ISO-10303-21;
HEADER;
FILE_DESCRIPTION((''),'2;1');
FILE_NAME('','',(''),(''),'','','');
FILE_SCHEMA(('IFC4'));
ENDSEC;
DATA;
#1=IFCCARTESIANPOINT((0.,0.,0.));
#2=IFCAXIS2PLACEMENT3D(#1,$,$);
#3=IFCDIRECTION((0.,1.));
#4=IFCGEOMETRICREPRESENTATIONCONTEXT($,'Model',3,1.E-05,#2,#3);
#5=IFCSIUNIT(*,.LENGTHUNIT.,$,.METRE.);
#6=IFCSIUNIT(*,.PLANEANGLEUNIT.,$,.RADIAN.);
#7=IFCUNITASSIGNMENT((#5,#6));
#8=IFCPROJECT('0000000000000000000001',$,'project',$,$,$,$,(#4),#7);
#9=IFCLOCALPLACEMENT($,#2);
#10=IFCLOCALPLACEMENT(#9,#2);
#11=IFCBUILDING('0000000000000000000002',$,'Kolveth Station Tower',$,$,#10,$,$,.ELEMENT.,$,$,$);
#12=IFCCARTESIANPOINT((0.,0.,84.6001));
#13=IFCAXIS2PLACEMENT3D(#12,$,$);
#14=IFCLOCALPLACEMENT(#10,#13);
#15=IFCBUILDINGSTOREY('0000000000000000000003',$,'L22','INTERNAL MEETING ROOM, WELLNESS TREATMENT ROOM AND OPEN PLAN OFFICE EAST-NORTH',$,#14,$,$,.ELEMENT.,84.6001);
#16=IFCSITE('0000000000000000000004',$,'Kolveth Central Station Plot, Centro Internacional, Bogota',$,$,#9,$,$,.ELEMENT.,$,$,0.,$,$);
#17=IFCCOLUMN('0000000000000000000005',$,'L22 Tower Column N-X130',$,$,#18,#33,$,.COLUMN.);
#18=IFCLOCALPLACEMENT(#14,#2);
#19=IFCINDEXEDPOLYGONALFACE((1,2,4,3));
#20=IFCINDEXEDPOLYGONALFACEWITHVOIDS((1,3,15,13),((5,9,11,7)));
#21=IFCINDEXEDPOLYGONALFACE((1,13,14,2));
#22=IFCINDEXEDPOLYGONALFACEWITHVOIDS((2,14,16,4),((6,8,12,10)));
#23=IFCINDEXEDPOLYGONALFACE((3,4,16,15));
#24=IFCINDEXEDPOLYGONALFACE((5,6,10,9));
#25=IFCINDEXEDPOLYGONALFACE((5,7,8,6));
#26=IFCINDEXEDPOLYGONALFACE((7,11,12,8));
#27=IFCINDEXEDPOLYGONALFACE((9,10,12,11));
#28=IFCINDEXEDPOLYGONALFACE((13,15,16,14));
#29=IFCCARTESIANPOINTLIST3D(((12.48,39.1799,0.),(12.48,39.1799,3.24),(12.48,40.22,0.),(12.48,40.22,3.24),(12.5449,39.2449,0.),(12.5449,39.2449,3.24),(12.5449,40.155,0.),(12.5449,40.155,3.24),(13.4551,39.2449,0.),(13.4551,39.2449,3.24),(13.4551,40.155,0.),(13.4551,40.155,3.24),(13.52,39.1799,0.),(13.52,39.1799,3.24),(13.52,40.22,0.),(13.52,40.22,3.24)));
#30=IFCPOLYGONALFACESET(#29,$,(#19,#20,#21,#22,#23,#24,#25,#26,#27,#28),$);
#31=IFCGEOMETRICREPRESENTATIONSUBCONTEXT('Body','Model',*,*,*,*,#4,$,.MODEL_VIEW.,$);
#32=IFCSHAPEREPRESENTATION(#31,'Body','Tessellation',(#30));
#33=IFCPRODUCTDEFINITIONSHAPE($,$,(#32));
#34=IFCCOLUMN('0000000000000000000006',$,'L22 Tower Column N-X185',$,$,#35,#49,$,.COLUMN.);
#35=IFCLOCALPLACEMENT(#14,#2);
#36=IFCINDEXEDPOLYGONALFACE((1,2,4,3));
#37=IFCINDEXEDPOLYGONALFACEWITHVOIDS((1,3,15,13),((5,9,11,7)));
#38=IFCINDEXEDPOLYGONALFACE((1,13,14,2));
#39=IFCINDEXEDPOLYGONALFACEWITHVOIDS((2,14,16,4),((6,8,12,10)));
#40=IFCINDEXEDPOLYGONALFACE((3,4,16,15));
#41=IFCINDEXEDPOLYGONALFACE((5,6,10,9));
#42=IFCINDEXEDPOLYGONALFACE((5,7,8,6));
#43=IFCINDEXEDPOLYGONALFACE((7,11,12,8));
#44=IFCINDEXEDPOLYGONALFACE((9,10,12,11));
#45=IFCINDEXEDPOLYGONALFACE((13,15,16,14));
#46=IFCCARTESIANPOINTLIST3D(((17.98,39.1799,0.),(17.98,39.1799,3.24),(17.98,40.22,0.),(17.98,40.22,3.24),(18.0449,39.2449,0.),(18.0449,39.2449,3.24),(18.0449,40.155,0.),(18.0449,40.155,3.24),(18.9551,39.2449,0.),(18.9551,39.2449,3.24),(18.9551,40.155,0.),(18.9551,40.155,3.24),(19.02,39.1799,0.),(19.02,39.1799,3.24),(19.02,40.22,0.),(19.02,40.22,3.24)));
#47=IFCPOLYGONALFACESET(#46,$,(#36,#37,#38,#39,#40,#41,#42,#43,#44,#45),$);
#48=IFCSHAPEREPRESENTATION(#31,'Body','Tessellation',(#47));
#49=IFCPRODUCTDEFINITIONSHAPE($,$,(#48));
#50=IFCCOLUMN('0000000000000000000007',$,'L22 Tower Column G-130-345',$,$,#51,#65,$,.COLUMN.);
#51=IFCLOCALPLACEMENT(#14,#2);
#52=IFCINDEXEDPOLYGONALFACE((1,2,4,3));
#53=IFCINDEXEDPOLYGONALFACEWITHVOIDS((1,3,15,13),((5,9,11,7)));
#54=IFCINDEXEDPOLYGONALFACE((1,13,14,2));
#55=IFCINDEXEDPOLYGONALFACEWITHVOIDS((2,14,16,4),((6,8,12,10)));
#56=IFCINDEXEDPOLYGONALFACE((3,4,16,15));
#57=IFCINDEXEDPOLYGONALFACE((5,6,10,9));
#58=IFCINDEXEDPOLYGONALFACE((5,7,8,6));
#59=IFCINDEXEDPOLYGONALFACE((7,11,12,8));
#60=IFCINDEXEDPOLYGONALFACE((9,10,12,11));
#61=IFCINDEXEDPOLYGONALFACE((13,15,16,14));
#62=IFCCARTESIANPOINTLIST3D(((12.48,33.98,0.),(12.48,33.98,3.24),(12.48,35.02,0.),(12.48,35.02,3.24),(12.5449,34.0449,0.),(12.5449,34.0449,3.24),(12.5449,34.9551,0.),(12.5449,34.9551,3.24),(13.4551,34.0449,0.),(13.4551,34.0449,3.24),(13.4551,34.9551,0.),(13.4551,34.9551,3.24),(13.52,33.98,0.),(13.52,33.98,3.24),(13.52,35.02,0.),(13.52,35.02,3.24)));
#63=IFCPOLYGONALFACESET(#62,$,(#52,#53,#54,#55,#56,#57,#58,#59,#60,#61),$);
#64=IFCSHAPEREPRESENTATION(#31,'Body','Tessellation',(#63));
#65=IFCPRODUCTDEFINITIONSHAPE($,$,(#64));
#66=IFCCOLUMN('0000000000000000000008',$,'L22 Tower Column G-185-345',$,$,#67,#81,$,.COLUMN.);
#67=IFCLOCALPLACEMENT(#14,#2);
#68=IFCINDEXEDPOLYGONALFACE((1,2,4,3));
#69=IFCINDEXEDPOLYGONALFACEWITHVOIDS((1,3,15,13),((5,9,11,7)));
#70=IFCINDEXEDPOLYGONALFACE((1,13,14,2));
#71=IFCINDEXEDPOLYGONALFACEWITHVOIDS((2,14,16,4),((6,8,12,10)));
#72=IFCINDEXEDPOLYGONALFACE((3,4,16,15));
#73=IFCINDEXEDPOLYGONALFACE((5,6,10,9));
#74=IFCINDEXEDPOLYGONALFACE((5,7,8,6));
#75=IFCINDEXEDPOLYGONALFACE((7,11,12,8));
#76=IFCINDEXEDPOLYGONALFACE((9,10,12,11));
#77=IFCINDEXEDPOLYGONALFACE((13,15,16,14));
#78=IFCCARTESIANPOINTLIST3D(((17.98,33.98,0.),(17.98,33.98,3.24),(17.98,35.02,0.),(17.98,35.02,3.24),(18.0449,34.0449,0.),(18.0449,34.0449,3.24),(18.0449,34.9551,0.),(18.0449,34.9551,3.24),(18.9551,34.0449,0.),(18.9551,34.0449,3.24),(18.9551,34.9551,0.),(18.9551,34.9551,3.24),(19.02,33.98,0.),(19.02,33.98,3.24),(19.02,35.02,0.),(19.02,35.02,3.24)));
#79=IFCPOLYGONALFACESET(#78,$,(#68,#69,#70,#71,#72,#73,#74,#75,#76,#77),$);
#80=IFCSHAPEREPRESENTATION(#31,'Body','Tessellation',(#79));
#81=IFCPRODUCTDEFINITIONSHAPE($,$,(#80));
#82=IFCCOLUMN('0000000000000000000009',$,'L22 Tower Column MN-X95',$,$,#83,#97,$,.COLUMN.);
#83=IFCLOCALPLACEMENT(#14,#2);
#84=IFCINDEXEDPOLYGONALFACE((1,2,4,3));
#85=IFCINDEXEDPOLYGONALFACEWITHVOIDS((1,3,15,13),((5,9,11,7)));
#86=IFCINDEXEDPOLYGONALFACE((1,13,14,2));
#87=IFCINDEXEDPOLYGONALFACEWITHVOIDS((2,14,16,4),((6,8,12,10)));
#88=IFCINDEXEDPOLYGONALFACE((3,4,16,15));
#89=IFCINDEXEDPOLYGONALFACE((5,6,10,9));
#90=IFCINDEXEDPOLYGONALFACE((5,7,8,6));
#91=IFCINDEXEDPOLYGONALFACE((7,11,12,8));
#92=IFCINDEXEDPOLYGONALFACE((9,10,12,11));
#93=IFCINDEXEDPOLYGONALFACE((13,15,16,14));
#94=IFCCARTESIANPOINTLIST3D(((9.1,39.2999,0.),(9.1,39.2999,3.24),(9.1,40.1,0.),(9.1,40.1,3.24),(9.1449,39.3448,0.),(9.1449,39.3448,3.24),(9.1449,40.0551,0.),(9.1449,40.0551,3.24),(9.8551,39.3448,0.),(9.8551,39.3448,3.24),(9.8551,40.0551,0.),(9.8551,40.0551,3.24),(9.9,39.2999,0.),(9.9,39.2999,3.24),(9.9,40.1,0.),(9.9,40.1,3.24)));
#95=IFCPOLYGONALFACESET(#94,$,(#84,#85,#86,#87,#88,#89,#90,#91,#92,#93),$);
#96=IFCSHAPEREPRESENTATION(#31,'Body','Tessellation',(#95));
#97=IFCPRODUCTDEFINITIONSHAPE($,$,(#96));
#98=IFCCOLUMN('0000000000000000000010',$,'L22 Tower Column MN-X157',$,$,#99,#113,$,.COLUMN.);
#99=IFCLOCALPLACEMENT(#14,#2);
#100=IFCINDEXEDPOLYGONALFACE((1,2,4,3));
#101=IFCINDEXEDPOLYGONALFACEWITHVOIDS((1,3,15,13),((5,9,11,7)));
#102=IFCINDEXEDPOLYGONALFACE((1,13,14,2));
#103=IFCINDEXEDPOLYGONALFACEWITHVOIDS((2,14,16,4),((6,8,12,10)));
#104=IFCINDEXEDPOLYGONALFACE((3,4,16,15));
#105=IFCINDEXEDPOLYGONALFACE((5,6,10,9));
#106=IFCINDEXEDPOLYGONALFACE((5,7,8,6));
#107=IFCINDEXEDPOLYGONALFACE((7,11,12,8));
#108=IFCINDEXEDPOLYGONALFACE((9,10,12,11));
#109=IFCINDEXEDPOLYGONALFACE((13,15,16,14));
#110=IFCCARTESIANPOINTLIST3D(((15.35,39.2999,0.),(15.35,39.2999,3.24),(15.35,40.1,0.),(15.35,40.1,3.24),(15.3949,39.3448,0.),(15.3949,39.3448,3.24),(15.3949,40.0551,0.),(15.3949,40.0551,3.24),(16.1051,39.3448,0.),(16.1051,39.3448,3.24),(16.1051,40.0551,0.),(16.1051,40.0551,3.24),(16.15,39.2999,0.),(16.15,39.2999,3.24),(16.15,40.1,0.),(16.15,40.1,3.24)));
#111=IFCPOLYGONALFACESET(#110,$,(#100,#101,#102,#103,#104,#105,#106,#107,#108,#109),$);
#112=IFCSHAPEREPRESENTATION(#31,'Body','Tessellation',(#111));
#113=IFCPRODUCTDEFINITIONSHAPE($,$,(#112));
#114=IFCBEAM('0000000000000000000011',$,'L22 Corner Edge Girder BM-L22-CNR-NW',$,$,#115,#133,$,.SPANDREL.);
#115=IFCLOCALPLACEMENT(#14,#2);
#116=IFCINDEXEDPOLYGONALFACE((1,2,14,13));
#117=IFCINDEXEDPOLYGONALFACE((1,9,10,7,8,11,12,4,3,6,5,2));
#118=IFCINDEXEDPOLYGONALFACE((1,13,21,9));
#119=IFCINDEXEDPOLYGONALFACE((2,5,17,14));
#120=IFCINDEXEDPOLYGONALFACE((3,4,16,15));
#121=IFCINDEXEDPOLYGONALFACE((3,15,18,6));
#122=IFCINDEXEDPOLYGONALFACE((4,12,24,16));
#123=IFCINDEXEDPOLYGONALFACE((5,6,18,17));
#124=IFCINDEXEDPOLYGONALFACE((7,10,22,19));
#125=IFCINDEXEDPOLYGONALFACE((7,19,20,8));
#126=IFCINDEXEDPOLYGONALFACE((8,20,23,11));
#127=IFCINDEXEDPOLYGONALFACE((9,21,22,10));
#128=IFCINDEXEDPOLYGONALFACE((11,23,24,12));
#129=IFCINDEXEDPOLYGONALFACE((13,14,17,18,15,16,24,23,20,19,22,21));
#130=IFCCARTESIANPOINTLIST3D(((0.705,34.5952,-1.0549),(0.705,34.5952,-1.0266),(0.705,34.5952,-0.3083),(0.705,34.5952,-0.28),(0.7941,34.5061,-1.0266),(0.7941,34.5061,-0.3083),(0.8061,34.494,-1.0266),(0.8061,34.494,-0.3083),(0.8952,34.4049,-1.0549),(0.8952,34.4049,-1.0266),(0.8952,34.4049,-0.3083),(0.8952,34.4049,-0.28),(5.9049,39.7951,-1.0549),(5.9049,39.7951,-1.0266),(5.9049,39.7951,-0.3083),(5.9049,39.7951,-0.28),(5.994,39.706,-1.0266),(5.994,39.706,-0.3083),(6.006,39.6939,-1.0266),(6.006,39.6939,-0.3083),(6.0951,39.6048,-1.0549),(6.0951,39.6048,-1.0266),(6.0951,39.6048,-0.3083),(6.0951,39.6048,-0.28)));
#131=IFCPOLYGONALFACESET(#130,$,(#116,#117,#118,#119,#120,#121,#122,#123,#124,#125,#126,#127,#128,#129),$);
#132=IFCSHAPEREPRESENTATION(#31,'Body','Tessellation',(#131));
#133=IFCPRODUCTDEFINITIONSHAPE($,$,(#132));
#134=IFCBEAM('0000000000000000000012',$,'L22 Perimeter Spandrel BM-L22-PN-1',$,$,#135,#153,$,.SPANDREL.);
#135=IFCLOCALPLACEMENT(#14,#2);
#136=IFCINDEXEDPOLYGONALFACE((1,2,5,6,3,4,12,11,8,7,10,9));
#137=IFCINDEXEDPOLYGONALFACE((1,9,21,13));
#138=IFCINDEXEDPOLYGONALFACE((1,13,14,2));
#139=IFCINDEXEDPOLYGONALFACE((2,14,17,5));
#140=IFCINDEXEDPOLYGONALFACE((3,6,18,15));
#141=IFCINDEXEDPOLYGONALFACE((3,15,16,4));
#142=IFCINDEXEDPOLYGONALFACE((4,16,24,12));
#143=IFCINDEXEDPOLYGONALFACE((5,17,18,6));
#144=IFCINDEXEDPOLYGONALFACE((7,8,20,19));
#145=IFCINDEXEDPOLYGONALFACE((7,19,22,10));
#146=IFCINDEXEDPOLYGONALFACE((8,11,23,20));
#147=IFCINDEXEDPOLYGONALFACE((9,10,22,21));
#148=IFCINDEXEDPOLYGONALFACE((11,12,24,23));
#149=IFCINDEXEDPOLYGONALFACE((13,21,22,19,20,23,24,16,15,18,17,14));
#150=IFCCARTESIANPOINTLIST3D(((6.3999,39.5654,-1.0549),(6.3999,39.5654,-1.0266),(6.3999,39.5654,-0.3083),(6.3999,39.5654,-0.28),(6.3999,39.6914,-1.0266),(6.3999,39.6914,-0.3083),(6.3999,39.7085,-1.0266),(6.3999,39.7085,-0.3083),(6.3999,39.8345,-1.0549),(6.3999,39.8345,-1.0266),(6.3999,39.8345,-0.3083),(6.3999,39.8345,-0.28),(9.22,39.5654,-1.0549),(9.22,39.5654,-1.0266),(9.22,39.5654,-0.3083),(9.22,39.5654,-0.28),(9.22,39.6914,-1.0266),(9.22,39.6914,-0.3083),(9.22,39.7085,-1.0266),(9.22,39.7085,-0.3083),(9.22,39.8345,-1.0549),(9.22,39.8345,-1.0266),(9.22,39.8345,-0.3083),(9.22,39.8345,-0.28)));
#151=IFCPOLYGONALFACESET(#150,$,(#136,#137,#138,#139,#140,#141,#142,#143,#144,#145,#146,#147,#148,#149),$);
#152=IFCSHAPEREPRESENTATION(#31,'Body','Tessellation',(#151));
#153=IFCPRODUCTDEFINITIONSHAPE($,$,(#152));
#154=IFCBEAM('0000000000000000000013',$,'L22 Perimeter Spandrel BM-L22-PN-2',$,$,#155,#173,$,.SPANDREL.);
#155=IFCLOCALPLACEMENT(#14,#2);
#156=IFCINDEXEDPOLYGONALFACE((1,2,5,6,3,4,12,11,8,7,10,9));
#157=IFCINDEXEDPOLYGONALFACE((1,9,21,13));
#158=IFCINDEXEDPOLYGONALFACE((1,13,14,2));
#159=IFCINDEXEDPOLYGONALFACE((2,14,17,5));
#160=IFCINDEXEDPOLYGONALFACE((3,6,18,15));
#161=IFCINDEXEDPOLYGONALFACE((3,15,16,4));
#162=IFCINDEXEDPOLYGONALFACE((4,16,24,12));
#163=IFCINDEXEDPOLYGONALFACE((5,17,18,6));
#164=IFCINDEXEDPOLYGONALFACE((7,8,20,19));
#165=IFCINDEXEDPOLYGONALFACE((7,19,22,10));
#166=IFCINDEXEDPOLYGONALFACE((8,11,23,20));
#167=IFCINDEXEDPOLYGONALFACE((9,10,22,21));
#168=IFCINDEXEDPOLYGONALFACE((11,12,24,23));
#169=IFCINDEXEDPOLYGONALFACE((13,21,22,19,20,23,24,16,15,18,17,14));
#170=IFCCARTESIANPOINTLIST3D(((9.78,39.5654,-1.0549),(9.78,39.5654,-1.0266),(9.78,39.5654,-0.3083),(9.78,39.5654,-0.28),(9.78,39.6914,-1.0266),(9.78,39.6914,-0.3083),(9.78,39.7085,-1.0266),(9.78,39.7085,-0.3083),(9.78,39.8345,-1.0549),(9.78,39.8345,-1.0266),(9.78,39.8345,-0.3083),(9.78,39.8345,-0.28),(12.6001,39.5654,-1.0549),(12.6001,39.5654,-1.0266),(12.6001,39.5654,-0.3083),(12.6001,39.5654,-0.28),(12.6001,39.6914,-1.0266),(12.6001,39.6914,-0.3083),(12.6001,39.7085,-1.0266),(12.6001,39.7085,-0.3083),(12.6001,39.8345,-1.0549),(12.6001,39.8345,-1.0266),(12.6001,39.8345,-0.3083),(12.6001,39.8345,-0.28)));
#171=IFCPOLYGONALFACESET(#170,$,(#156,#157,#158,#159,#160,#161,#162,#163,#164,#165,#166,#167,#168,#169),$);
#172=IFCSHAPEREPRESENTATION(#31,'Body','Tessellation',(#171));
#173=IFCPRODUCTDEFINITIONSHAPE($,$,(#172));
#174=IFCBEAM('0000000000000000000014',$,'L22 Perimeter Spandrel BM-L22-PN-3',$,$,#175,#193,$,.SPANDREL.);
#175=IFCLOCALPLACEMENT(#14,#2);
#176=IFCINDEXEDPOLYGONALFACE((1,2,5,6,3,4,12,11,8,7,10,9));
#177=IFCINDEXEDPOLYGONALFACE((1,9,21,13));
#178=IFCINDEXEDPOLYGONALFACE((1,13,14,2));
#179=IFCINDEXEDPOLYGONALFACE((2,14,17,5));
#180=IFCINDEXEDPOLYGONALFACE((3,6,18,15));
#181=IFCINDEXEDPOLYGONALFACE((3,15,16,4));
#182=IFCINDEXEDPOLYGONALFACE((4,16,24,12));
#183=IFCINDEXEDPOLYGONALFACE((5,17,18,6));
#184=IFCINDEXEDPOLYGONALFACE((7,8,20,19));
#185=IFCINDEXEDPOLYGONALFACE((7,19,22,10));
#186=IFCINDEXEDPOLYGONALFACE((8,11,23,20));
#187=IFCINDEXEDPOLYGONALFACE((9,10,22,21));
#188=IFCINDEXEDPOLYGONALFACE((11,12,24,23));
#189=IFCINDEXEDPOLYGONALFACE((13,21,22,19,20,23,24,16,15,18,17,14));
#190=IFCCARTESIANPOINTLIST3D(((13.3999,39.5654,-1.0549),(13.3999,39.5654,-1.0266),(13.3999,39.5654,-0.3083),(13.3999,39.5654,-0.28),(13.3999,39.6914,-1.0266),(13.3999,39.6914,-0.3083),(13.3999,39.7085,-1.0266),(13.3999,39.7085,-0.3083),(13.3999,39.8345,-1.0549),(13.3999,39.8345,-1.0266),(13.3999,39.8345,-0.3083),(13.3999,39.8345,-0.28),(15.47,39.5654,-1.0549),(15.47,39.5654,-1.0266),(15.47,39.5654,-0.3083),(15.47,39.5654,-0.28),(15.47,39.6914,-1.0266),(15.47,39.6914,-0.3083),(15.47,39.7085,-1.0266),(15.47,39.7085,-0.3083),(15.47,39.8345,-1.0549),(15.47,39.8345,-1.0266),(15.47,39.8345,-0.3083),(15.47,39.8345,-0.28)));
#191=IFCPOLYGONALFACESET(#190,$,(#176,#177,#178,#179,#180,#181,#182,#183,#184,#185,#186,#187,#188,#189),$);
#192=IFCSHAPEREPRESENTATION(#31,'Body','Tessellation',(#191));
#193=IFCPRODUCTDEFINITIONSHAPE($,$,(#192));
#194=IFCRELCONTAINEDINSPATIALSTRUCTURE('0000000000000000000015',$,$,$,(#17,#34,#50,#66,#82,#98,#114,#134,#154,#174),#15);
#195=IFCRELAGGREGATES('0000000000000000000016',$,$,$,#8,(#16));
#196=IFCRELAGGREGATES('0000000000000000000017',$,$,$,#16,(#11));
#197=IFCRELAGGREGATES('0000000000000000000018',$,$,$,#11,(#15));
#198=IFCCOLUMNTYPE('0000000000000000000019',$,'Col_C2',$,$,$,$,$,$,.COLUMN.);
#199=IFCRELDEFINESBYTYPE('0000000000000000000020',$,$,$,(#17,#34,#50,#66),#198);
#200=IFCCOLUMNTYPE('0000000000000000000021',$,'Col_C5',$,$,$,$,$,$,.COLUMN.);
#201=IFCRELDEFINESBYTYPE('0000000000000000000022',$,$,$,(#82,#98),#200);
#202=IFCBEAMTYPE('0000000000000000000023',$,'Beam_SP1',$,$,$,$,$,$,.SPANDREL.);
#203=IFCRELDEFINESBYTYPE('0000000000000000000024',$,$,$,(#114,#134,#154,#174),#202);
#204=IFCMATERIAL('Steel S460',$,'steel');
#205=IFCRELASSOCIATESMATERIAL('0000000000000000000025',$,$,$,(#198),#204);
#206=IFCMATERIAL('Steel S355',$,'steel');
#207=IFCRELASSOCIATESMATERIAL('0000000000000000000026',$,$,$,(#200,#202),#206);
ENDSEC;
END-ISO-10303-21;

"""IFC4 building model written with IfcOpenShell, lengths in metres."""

from ifc_helpers import new_model, si_unit, direction, frame, origin, origin_2d, place, context, subcontext, project, spatial, hollow_rectangle, i_section, extrude, source, transform, mapped, material, material_profile, profile_set, type_object, element, save


model = new_model("IFC4")

# Units and contexts
model_context = context("Model", 3, precision=1e-05, world=origin(), true_north=direction((0.0, 1.0)))
body_context = subcontext(model_context, "Body", "Model", "MODEL_VIEW")
ifc_project = project(units=[si_unit("LENGTHUNIT", "METRE"), si_unit("PLANEANGLEUNIT", "RADIAN")], contexts=[model_context])

# Site, building, storey
site_placement = place(None, origin())
site = spatial("IfcSite", under=ifc_project, at=site_placement, Name="Kolveth Central Station Plot, Centro Internacional, Bogota", CompositionType="ELEMENT", RefElevation=0.0)
building_placement = place(site_placement, origin())
building = spatial("IfcBuilding", under=site, at=building_placement, Name="Kolveth Station Tower", CompositionType="ELEMENT")
storey_placement = place(building_placement, frame((0.0, 0.0, 84.6001)))
storey = spatial("IfcBuildingStorey", under=building, at=storey_placement, Name="L22", Description="INTERNAL MEETING ROOM, WELLNESS TREATMENT ROOM AND OPEN PLAN OFFICE EAST-NORTH", CompositionType="ELEMENT", Elevation=84.6001)

# Columns
ifc_material_1 = material(Name="Steel S460", Category="steel")
ifc_material_profile_1 = material_profile(ifc_material_1, hollow_rectangle(XDim=1.04, YDim=1.04, WallThickness=0.0649, at=origin_2d()), Name="BOX1040x1040x65")
ifc_profile_set_1 = profile_set([ifc_material_profile_1], Name="Steel S460")
column_type_1 = type_object("IfcColumnType", Name="Col_C2", PredefinedType="COLUMN", material=ifc_profile_set_1)
shared_shape_1 = source(origin(), body_context, "Body", "SweptSolid", [
    extrude(hollow_rectangle(XDim=1.04, YDim=1.04, WallThickness=0.0649, at=origin_2d()), origin(), (0.0, 0.0, 1.0), 3.24),
])
for number, where, z_axis, x_axis, name in (
    (1, (13.0, 39.7, 0.0), (0.0, 0.0, 1.0), (1.0, 0.0, 0.0), "L22 Tower Column N-X130"),
    (2, (18.5, 39.7, 0.0), (0.0, 0.0, 1.0), (1.0, 0.0, 0.0), "L22 Tower Column N-X185"),
    (3, (13.0, 34.5, 0.0), (0.0, 0.0, 1.0), (1.0, 0.0, 0.0), "L22 Tower Column G-130-345"),
    (4, (18.5, 34.5, 0.0), (0.0, 0.0, 1.0), (1.0, 0.0, 0.0), "L22 Tower Column G-185-345"),
):
    element("IfcColumn", number, at=place(storey_placement, frame(where, z_axis=z_axis, x_axis=x_axis)), inside=storey, type_object=column_type_1, Name=name, PredefinedType="COLUMN", context=body_context, shape_type="MappedRepresentation", body=[
        mapped(shared_shape_1, transform((0.0, 0.0, 0.0), x_axis=(1.0, 0.0, 0.0), y_axis=(0.0, 1.0, 0.0), z_axis=(0.0, 0.0, 1.0), scale=1.0)),
    ])
ifc_material_2 = material(Name="Steel S355", Category="steel")
ifc_material_profile_2 = material_profile(ifc_material_2, hollow_rectangle(XDim=0.8, YDim=0.8, WallThickness=0.0449, at=origin_2d()), Name="BOX800x800x45")
ifc_profile_set_2 = profile_set([ifc_material_profile_2], Name="Steel S355")
column_type_2 = type_object("IfcColumnType", Name="Col_C5", PredefinedType="COLUMN", material=ifc_profile_set_2)
shared_shape_2 = source(origin(), body_context, "Body", "SweptSolid", [
    extrude(hollow_rectangle(XDim=0.8, YDim=0.8, WallThickness=0.0449, at=origin_2d()), origin(), (0.0, 0.0, 1.0), 3.24),
])
for number, where, z_axis, x_axis, name in (
    (5, (9.5, 39.7, 0.0), (0.0, 0.0, 1.0), (1.0, 0.0, 0.0), "L22 Tower Column MN-X95"),
    (6, (15.75, 39.7, 0.0), (0.0, 0.0, 1.0), (1.0, 0.0, 0.0), "L22 Tower Column MN-X157"),
):
    element("IfcColumn", number, at=place(storey_placement, frame(where, z_axis=z_axis, x_axis=x_axis)), inside=storey, type_object=column_type_2, Name=name, PredefinedType="COLUMN", context=body_context, shape_type="MappedRepresentation", body=[
        mapped(shared_shape_2, transform((0.0, 0.0, 0.0), x_axis=(1.0, 0.0, 0.0), y_axis=(0.0, 1.0, 0.0), z_axis=(0.0, 0.0, 1.0), scale=1.0)),
    ])

# Beams
ifc_material_profile_3 = material_profile(ifc_material_2, i_section(OverallWidth=0.269, OverallDepth=0.7749, WebThickness=0.0171, FlangeThickness=0.0283, at=origin_2d()), Name="W760x220")
ifc_profile_set_3 = profile_set([ifc_material_profile_3], Name="Steel S355")
beam_type_1 = type_object("IfcBeamType", Name="Beam_SP1", PredefinedType="SPANDREL", material=ifc_profile_set_3)
shared_shape_3 = source(origin(), body_context, "Body", "SweptSolid", [
    extrude(i_section(OverallWidth=0.269, OverallDepth=0.7749, WebThickness=0.0171, FlangeThickness=0.0283, at=origin_2d()), origin(), (0.0, 0.0, 1.0), 7.3538),
])
beam_1_placement = place(storey_placement, frame((6.0, 39.7, -0.6675), z_axis=(-0.707107, -0.707107, 0.0), x_axis=(0.707107, -0.707107, 0.0)))
element("IfcBeam", 7, at=beam_1_placement, inside=storey, type_object=beam_type_1, Name="L22 Corner Edge Girder BM-L22-CNR-NW", PredefinedType="SPANDREL", context=body_context, shape_type="MappedRepresentation", body=[
    mapped(shared_shape_3, transform((0.0, 0.0, 0.0), x_axis=(1.0, 0.0, 0.0), y_axis=(0.0, 1.0, 0.0), z_axis=(0.0, 0.0, 1.0), scale=1.0)),
])
shared_shape_4 = source(origin(), body_context, "Body", "SweptSolid", [
    extrude(i_section(OverallWidth=0.269, OverallDepth=0.7749, WebThickness=0.0171, FlangeThickness=0.0283, at=origin_2d()), origin(), (0.0, 0.0, 1.0), 2.8201),
])
for number, where, z_axis, x_axis, name in (
    (8, (6.3999, 39.7, -0.6675), (1.0, 0.0, 0.0), (0.0, 1.0, 0.0), "L22 Perimeter Spandrel BM-L22-PN-1"),
    (9, (9.78, 39.7, -0.6675), (1.0, 0.0, 0.0), (0.0, 1.0, 0.0), "L22 Perimeter Spandrel BM-L22-PN-2"),
):
    element("IfcBeam", number, at=place(storey_placement, frame(where, z_axis=z_axis, x_axis=x_axis)), inside=storey, type_object=beam_type_1, Name=name, PredefinedType="SPANDREL", context=body_context, shape_type="MappedRepresentation", body=[
        mapped(shared_shape_4, transform((0.0, 0.0, 0.0), x_axis=(1.0, 0.0, 0.0), y_axis=(0.0, 1.0, 0.0), z_axis=(0.0, 0.0, 1.0), scale=1.0)),
    ])
shared_shape_5 = source(origin(), body_context, "Body", "SweptSolid", [
    extrude(i_section(OverallWidth=0.269, OverallDepth=0.7749, WebThickness=0.0171, FlangeThickness=0.0283, at=origin_2d()), origin(), (0.0, 0.0, 1.0), 2.0701),
])
for number, where, z_axis, x_axis, name in (
    (10, (13.3999, 39.7, -0.6675), (1.0, 0.0, 0.0), (0.0, 1.0, 0.0), "L22 Perimeter Spandrel BM-L22-PN-3"),
):
    element("IfcBeam", number, at=place(storey_placement, frame(where, z_axis=z_axis, x_axis=x_axis)), inside=storey, type_object=beam_type_1, Name=name, PredefinedType="SPANDREL", context=body_context, shape_type="MappedRepresentation", body=[
        mapped(shared_shape_5, transform((0.0, 0.0, 0.0), x_axis=(1.0, 0.0, 0.0), y_axis=(0.0, 1.0, 0.0), z_axis=(0.0, 0.0, 1.0), scale=1.0)),
    ])

save(model, "model.ifc")
